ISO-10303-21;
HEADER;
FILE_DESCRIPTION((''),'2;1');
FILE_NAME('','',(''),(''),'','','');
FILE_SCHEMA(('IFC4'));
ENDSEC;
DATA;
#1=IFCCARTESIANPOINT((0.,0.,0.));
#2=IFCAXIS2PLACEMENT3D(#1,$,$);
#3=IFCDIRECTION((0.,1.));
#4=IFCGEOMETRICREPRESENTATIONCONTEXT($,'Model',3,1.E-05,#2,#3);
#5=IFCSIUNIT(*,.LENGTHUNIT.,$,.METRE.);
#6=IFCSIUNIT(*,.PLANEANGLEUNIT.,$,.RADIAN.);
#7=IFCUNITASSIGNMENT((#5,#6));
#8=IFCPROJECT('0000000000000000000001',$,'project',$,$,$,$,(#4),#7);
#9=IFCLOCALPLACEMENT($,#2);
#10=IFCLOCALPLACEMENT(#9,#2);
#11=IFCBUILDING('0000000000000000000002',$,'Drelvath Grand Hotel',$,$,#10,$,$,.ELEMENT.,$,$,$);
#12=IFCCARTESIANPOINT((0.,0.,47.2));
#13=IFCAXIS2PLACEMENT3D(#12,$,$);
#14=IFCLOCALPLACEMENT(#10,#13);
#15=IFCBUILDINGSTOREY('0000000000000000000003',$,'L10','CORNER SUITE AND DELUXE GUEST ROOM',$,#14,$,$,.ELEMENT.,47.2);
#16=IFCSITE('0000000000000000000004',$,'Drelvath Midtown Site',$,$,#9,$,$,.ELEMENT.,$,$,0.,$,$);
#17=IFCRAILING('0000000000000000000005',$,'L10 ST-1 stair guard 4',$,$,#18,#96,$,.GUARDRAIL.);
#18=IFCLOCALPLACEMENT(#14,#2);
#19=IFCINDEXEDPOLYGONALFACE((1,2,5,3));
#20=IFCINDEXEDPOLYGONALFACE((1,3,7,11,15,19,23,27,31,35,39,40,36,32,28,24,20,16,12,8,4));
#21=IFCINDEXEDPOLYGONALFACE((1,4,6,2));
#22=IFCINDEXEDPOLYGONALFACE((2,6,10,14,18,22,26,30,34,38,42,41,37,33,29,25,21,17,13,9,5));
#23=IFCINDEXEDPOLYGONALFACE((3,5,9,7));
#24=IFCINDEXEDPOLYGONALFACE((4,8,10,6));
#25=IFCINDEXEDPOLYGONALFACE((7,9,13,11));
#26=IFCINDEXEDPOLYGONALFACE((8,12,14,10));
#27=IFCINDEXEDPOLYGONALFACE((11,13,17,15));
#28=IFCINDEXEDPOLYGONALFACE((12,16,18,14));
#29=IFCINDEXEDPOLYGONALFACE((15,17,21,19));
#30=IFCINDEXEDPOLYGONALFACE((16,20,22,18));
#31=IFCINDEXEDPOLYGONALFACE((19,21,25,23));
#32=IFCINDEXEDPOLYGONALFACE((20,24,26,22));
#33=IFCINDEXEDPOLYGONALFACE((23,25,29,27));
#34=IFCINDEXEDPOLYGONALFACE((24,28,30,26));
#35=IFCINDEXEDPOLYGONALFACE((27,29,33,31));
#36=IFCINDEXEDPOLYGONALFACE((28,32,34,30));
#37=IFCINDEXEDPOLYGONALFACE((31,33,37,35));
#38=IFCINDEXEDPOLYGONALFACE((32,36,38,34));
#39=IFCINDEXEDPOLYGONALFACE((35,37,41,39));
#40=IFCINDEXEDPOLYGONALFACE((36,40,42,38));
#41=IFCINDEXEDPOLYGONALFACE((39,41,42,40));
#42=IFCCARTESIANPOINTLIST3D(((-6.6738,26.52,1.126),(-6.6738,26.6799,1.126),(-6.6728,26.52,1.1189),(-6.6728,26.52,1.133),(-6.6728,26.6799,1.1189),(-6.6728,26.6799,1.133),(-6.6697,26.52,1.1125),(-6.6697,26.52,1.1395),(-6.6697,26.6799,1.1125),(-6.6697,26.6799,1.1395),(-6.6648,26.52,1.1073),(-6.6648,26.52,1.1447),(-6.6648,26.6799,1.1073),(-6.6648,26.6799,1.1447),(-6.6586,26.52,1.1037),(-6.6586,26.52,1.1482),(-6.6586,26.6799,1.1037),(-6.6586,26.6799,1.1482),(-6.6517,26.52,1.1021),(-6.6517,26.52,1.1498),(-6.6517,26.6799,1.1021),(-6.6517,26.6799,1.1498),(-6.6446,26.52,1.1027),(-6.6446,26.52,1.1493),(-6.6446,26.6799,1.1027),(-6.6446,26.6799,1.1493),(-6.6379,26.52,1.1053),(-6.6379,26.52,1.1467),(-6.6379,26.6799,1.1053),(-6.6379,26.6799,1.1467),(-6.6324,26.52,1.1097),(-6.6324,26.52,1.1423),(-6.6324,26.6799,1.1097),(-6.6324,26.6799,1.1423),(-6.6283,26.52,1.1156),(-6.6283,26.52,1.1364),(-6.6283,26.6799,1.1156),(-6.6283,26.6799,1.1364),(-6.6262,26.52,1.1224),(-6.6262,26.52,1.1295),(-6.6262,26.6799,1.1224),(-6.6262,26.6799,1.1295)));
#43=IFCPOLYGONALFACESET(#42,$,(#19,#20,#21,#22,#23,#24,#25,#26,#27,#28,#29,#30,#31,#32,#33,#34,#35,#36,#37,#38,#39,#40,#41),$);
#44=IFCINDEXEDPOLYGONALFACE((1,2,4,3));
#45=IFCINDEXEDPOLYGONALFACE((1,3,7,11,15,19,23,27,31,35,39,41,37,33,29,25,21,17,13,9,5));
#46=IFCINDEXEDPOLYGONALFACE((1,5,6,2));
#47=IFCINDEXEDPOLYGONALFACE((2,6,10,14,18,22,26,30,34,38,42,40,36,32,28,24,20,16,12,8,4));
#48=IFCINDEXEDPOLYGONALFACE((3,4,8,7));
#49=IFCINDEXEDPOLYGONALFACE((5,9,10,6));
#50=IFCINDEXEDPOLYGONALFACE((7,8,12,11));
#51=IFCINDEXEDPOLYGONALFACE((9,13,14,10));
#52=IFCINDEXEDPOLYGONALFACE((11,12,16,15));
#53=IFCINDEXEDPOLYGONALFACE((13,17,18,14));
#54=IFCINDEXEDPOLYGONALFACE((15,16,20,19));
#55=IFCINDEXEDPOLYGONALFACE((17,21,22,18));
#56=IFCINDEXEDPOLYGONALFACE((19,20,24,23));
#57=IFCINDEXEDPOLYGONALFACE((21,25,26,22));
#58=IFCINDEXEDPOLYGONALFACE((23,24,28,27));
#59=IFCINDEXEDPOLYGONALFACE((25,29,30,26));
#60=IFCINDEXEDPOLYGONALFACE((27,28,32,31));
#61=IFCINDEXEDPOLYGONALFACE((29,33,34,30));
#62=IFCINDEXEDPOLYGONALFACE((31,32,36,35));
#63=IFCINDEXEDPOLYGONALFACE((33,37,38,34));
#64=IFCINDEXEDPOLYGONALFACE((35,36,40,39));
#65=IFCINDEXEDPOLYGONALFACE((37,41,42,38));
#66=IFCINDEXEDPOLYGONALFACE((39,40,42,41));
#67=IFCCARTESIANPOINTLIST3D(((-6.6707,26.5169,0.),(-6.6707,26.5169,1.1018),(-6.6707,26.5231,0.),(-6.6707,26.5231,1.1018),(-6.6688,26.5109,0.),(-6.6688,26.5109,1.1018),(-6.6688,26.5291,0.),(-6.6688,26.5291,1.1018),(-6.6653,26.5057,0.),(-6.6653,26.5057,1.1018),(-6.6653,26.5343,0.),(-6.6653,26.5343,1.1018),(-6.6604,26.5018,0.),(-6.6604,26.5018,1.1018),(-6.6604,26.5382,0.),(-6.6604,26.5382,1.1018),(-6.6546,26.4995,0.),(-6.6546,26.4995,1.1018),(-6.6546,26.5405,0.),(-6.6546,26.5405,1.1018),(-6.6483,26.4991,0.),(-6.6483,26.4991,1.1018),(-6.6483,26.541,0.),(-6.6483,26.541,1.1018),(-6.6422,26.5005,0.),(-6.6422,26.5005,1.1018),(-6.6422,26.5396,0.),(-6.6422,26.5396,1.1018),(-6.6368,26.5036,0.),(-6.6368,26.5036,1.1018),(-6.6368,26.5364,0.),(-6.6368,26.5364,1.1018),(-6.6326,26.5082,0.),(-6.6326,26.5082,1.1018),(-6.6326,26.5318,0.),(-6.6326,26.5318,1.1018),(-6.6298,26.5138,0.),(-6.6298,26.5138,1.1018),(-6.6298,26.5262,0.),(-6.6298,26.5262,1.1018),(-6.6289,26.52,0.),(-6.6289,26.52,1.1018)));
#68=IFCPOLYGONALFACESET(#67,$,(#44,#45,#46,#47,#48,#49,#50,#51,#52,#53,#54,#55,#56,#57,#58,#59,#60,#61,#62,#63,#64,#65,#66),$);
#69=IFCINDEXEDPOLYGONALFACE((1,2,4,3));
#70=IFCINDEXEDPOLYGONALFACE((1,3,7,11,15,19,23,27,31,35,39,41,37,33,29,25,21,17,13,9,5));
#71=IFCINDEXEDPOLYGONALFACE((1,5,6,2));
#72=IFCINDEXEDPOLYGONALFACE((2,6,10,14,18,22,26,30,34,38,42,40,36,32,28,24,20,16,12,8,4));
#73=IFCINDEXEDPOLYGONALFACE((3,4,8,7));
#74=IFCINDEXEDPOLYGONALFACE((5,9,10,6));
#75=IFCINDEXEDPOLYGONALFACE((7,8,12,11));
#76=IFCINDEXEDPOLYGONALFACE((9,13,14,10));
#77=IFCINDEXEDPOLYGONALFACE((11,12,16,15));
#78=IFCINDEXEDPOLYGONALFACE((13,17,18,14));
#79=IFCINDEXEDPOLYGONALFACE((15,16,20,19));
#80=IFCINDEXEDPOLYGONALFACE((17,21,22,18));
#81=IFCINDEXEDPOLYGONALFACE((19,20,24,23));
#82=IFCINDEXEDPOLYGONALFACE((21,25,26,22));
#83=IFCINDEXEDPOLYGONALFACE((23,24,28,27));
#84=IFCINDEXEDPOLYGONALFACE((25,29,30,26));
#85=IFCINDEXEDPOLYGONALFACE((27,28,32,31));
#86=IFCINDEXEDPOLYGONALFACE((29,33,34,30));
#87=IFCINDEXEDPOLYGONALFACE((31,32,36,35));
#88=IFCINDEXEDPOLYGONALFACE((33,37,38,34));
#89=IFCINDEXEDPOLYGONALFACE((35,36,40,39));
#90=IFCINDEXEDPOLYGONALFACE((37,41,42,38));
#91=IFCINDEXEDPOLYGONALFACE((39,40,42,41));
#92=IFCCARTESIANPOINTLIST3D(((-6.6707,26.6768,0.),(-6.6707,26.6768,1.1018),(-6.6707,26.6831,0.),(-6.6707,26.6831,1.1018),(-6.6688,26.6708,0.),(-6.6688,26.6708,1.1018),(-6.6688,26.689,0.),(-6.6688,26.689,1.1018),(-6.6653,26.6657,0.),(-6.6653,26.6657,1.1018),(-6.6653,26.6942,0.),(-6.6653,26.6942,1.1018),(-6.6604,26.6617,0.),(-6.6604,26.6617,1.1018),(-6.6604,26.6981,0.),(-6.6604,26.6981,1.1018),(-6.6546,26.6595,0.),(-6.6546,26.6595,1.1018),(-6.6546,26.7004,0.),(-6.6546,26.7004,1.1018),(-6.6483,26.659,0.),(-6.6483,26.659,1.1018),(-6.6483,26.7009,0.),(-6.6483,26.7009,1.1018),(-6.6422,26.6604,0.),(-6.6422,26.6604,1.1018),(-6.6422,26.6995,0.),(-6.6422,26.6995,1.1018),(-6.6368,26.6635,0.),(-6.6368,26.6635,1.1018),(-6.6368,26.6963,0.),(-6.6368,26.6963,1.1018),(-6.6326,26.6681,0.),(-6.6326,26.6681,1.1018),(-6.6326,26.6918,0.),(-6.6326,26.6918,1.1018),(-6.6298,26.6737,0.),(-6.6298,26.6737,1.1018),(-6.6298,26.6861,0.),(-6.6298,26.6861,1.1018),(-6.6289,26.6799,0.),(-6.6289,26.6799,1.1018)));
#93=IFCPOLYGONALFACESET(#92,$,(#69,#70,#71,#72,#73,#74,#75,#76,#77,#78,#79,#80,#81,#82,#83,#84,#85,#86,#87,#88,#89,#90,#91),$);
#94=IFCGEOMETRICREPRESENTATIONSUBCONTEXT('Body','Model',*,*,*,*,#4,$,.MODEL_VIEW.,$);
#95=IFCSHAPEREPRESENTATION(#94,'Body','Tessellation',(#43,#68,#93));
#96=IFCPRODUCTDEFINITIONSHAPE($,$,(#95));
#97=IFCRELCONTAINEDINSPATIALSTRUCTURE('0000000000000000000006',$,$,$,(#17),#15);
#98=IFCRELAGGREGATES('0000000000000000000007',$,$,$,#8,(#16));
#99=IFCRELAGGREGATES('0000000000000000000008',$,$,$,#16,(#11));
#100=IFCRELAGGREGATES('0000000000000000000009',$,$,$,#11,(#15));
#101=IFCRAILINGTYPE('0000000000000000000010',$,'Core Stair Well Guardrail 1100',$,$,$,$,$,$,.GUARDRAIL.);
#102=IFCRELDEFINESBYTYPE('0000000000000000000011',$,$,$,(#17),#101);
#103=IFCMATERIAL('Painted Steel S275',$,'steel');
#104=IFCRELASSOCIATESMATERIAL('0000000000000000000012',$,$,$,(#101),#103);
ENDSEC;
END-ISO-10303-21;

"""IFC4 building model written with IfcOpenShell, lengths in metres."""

from ifc_helpers import new_model, si_unit, direction, frame, origin, origin_2d, place, context, subcontext, project, spatial, circle, extrude, material, type_object, element, save


model = new_model("IFC4")

# Units and contexts
model_context = context("Model", 3, precision=1e-05, world=origin(), true_north=direction((0.0, 1.0)))
body_context = subcontext(model_context, "Body", "Model", "MODEL_VIEW")
ifc_project = project(units=[si_unit("LENGTHUNIT", "METRE"), si_unit("PLANEANGLEUNIT", "RADIAN")], contexts=[model_context])

# Site, building, storey
site_placement = place(None, origin())
site = spatial("IfcSite", under=ifc_project, at=site_placement, Name="Drelvath Midtown Site", CompositionType="ELEMENT", RefElevation=0.0)
building_placement = place(site_placement, origin())
building = spatial("IfcBuilding", under=site, at=building_placement, Name="Drelvath Grand Hotel", CompositionType="ELEMENT")
storey_placement = place(building_placement, frame((0.0, 0.0, 47.2)))
storey = spatial("IfcBuildingStorey", under=building, at=storey_placement, Name="L10", Description="CORNER SUITE AND DELUXE GUEST ROOM", CompositionType="ELEMENT", Elevation=47.2)

# Shared definitions
ifc_material_1 = material(Name="Painted Steel S275", Category="steel")

# Railing
railing_type_1 = type_object("IfcRailingType", Name="Core Stair Well Guardrail 1100", PredefinedType="GUARDRAIL", material=ifc_material_1)
railing_1_placement = place(storey_placement, frame((-6.6499, 26.52, 0.0)))
element("IfcRailing", 1, at=railing_1_placement, inside=storey, type_object=railing_type_1, Name="L10 ST-1 stair guard 4", PredefinedType="GUARDRAIL", context=body_context, shape_type="SweptSolid", body=[
    extrude(circle(Radius=0.0239, at=origin_2d()), frame((0.0, 0.0, 1.126), z_axis=(0.0, 1.0, 0.0), x_axis=(-1.0, 0.0, 0.0)), (0.0, 0.0, 1.0), 0.1599),
    extrude(circle(Radius=0.021, at=origin_2d()), origin(), (0.0, 0.0, 1.0), 1.1018),
    extrude(circle(Radius=0.021, at=origin_2d()), frame((0.0, 0.1599, 0.0)), (0.0, 0.0, 1.0), 1.1018),
])

save(model, "model.ifc")
